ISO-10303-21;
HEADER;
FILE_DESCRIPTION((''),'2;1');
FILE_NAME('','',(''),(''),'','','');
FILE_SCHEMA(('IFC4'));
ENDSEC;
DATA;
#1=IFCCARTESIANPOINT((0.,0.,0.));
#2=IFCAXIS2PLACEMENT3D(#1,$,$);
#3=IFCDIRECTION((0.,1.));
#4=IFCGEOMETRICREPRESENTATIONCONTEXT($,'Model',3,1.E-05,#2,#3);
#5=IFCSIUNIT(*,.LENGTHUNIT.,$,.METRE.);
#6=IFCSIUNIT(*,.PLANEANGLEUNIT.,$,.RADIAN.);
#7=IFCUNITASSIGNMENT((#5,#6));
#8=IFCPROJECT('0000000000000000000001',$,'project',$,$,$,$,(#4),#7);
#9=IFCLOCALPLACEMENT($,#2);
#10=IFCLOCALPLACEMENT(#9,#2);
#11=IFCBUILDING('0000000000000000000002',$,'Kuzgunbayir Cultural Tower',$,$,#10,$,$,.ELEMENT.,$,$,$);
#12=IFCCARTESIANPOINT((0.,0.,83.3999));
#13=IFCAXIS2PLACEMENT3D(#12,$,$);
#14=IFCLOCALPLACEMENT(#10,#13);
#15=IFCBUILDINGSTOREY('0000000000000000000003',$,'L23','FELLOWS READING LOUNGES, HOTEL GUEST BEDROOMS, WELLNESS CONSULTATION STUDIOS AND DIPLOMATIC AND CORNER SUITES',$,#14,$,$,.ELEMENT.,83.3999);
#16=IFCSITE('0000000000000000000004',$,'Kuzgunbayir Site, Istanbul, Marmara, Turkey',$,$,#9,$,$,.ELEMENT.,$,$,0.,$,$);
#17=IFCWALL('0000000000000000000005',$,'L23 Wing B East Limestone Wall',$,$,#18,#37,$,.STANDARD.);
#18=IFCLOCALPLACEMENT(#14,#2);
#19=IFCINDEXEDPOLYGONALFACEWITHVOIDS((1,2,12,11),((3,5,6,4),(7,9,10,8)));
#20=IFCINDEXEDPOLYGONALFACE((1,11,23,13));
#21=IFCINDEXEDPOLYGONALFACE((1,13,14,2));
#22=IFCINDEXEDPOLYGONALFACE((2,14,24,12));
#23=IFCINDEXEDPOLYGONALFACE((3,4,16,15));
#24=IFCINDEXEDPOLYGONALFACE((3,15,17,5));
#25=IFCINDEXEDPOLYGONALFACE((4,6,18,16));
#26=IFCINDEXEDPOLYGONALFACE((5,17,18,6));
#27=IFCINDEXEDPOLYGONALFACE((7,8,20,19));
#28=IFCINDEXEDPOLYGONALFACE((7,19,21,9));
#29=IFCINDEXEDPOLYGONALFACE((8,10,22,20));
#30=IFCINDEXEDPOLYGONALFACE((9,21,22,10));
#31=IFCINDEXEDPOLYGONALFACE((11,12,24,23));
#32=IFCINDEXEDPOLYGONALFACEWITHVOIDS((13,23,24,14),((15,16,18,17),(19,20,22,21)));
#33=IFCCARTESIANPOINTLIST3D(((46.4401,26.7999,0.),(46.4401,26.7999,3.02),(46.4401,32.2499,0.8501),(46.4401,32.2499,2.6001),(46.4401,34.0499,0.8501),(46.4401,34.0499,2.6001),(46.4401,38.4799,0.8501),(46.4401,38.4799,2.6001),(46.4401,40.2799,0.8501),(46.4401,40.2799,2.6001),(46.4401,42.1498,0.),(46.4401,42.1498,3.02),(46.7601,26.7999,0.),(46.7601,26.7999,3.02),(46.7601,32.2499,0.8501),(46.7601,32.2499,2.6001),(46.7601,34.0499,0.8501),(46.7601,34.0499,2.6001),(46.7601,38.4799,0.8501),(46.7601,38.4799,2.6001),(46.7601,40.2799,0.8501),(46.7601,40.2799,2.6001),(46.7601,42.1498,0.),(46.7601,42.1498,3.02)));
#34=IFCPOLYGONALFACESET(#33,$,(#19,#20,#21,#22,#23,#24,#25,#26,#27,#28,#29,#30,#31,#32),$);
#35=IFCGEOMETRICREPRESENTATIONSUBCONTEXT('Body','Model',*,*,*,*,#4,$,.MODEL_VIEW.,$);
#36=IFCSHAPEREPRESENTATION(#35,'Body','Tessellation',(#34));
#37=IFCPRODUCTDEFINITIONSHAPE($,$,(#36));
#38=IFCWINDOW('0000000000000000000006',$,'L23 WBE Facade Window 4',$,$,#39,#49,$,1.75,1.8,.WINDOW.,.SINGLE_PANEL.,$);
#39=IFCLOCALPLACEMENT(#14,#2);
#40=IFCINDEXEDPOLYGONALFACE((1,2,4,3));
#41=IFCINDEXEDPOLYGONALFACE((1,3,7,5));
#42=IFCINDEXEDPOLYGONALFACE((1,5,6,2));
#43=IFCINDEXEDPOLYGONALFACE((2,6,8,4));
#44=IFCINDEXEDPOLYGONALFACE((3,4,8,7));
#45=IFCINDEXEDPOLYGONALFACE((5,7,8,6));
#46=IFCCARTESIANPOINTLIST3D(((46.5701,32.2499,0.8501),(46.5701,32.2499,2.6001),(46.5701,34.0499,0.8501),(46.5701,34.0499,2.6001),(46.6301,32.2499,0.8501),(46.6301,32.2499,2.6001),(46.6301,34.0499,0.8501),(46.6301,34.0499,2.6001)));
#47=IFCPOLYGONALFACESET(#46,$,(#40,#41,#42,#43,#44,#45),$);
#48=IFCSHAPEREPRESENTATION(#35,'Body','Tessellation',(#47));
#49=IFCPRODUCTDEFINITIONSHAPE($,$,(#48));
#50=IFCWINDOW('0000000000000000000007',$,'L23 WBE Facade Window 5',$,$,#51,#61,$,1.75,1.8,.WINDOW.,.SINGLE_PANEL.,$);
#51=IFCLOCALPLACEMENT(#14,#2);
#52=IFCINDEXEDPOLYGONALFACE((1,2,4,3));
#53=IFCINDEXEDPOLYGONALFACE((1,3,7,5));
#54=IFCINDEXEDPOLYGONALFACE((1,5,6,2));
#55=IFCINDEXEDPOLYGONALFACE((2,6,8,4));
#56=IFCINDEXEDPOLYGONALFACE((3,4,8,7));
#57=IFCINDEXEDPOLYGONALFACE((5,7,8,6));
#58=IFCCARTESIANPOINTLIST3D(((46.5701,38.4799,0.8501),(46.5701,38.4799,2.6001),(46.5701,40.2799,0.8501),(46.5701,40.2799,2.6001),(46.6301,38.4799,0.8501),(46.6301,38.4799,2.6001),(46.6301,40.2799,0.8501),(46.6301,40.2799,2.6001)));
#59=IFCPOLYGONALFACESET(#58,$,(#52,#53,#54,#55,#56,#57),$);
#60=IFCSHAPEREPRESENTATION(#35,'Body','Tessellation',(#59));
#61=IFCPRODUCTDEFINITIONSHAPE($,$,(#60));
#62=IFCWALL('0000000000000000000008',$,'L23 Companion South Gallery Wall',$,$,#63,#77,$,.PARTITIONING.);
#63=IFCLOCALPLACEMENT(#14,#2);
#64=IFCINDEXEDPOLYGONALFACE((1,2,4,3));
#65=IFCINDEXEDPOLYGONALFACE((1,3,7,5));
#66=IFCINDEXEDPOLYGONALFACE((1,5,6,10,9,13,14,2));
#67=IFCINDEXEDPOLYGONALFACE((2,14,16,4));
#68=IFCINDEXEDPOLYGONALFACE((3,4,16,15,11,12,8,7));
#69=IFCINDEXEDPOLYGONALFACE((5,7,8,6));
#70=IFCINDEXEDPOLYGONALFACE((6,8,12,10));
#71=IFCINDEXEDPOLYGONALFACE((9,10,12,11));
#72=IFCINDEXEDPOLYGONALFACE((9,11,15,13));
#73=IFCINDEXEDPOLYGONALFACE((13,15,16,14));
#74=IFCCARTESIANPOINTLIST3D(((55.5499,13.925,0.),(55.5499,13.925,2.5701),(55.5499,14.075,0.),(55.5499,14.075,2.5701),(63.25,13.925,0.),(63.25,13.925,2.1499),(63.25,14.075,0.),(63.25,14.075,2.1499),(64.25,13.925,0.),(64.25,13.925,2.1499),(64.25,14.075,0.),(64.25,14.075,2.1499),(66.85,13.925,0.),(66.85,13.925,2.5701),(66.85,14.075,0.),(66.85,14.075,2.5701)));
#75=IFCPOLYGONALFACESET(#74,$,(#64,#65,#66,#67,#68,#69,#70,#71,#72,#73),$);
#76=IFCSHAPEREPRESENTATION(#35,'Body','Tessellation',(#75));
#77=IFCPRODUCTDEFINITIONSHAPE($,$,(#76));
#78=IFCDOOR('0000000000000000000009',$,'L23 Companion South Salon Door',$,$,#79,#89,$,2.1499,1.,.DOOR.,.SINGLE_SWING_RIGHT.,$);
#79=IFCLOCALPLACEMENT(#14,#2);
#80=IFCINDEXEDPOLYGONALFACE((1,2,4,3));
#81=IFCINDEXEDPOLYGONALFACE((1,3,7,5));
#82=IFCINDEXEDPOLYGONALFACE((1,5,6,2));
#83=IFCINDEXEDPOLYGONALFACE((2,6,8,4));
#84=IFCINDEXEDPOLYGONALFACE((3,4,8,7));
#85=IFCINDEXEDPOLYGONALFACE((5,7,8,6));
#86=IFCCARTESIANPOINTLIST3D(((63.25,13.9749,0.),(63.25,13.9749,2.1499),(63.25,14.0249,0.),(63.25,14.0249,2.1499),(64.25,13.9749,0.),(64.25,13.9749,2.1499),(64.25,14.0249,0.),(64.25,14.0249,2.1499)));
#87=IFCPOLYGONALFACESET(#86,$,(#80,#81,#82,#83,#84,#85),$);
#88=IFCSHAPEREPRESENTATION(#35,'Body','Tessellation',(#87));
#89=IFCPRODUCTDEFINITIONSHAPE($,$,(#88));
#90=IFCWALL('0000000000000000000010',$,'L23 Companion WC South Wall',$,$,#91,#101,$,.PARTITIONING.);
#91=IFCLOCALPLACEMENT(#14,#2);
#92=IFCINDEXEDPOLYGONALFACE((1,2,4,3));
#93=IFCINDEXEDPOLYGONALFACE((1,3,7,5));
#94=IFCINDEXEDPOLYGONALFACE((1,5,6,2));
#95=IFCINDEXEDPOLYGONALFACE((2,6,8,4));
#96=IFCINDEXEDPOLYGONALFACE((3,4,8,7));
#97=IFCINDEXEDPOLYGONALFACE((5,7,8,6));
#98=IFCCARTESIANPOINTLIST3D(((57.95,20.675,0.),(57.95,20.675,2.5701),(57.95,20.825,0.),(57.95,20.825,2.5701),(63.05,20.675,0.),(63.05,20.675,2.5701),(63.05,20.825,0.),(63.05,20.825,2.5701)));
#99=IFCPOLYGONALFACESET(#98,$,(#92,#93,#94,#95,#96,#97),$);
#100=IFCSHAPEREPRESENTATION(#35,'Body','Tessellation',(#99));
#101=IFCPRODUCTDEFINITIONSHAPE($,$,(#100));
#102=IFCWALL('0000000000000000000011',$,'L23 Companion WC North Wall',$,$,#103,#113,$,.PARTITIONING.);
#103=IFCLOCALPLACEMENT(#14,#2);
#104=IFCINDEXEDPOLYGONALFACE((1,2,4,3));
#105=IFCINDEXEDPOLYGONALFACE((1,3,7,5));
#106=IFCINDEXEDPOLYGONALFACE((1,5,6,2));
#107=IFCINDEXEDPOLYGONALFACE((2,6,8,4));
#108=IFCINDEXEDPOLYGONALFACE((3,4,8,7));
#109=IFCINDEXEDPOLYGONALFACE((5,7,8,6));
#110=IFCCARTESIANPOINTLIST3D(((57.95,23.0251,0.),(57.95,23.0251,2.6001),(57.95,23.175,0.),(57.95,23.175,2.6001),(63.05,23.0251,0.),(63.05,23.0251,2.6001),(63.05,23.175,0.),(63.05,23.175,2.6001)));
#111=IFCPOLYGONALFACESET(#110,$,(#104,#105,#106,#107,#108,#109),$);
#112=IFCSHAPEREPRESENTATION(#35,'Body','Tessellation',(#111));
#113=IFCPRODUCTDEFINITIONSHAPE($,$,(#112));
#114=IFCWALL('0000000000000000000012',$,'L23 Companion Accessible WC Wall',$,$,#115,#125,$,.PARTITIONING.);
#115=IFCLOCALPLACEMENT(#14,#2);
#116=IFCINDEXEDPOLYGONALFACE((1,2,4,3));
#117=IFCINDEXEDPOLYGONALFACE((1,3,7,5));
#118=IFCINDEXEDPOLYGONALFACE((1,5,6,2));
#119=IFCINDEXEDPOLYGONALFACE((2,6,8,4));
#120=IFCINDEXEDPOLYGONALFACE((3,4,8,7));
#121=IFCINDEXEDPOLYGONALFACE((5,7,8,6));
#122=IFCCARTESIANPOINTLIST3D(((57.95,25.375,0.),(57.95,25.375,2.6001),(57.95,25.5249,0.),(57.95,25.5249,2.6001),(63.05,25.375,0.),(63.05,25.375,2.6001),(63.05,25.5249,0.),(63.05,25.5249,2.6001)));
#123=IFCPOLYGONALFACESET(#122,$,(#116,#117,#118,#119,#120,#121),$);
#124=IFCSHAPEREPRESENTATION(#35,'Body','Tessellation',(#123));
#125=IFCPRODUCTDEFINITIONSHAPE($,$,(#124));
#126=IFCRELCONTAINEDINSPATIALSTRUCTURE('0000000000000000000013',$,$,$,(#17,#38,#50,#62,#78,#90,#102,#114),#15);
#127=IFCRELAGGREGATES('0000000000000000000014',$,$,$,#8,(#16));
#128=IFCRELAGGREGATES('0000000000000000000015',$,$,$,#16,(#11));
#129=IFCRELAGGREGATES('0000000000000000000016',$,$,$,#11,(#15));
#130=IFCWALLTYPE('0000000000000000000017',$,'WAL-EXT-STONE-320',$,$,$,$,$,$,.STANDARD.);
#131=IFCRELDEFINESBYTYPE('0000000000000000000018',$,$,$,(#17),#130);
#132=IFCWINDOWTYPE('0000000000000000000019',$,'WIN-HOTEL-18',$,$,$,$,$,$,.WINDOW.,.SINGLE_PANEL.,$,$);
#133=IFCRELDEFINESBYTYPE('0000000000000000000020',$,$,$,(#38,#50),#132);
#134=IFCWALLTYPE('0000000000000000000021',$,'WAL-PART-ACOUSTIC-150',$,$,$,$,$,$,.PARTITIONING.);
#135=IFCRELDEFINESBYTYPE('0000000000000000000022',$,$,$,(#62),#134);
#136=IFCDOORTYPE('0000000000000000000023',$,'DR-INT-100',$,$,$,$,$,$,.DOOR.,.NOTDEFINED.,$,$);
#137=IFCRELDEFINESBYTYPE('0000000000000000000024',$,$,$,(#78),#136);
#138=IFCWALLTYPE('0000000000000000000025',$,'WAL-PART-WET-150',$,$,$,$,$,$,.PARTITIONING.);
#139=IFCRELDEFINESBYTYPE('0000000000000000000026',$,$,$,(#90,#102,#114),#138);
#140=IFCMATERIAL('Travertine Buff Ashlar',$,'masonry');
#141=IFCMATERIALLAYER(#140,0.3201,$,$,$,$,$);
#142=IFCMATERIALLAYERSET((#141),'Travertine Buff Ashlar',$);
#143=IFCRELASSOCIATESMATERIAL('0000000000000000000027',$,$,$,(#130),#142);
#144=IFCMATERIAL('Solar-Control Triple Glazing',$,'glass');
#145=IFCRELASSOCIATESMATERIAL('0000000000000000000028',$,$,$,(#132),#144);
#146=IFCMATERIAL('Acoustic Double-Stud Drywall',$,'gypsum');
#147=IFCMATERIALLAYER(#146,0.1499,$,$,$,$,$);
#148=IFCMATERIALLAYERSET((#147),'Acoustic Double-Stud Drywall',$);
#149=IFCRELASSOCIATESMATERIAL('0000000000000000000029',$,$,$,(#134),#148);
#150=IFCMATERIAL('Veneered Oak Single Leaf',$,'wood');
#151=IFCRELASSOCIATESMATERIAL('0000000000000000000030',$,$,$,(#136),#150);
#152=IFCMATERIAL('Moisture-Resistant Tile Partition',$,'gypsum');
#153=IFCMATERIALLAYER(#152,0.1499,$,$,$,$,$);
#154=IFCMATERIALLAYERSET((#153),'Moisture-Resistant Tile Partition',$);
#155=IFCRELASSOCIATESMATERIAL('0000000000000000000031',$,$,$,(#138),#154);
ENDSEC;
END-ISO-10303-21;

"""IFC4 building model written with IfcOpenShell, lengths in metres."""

from ifc_helpers import new_model, si_unit, direction, frame, frame_2d, origin, place, context, subcontext, project, spatial, rectangle, extrude, material, layer, layer_set, type_object, element, fill, save


model = new_model("IFC4")

# Units and contexts
model_context = context("Model", 3, precision=1e-05, world=origin(), true_north=direction((0.0, 1.0)))
body_context = subcontext(model_context, "Body", "Model", "MODEL_VIEW")
ifc_project = project(units=[si_unit("LENGTHUNIT", "METRE"), si_unit("PLANEANGLEUNIT", "RADIAN")], contexts=[model_context])

# Site, building, storey
site_placement = place(None, origin())
site = spatial("IfcSite", under=ifc_project, at=site_placement, Name="Kuzgunbayir Site, Istanbul, Marmara, Turkey", CompositionType="ELEMENT", RefElevation=0.0)
building_placement = place(site_placement, origin())
building = spatial("IfcBuilding", under=site, at=building_placement, Name="Kuzgunbayir Cultural Tower", CompositionType="ELEMENT")
storey_placement = place(building_placement, frame((0.0, 0.0, 83.3999)))
storey = spatial("IfcBuildingStorey", under=building, at=storey_placement, Name="L23", Description="FELLOWS READING LOUNGES, HOTEL GUEST BEDROOMS, WELLNESS CONSULTATION STUDIOS AND DIPLOMATIC AND CORNER SUITES", CompositionType="ELEMENT", Elevation=83.3999)

# Shared definitions
ifc_material_1 = material(Name="Solar-Control Triple Glazing", Category="glass")

# Wall, openings, windows
ifc_material_2 = material(Name="Travertine Buff Ashlar", Category="masonry")
ifc_layer_1 = layer(ifc_material_2, 0.3201)
ifc_layer_set_1 = layer_set([ifc_layer_1], Name="Travertine Buff Ashlar")
wall_type_1 = type_object("IfcWallType", Name="WAL-EXT-STONE-320", PredefinedType="STANDARD", material=ifc_layer_set_1)
wall_1_placement = place(storey_placement, frame((46.6001, 26.8, 0.0), z_axis=(0.0, 0.0, 1.0), x_axis=(0.0, 1.0, 0.0)))
wall_1 = element("IfcWall", 1, at=wall_1_placement, inside=storey, type_object=wall_type_1, Name="L23 Wing B East Limestone Wall", PredefinedType="STANDARD", context=body_context, shape_type="SweptSolid", body=[
    extrude(rectangle(XDim=15.3499, YDim=0.3201, at=frame_2d((7.6748, 0.0))), origin(), (0.0, 0.0, 1.0), 3.02),
])
opening_1_placement = place(wall_1_placement, frame((5.45, 0.0, 0.8501)))
opening_1 = element("IfcOpeningElement", 2, at=opening_1_placement, cuts=wall_1, PredefinedType="OPENING", context=body_context, shape_type="SweptSolid", body=[
    extrude(rectangle(XDim=1.8, YDim=1.75, at=frame_2d((0.8999, 0.875))), frame((0.0, 0.1699, 0.0), z_axis=(0.0, -1.0, 0.0), x_axis=(1.0, 0.0, 0.0)), (0.0, 0.0, 1.0), 0.3401),
])
opening_2_placement = place(wall_1_placement, frame((11.6799, 0.0, 0.8501)))
opening_2 = element("IfcOpeningElement", 3, at=opening_2_placement, cuts=wall_1, PredefinedType="OPENING", context=body_context, shape_type="SweptSolid", body=[
    extrude(rectangle(XDim=1.8, YDim=1.75, at=frame_2d((0.8999, 0.875))), frame((0.0, 0.1699, 0.0), z_axis=(0.0, -1.0, 0.0), x_axis=(1.0, 0.0, 0.0)), (0.0, 0.0, 1.0), 0.3401),
])
window_type_1 = type_object("IfcWindowType", Name="WIN-HOTEL-18", PartitioningType="SINGLE_PANEL", PredefinedType="WINDOW", material=ifc_material_1)
window_1_placement = place(opening_1_placement, origin())
window_1 = element("IfcWindow", 4, at=window_1_placement, inside=storey, type_object=window_type_1, Name="L23 WBE Facade Window 4", OverallHeight=1.75, OverallWidth=1.8, PartitioningType="SINGLE_PANEL", PredefinedType="WINDOW", context=body_context, shape_type="SweptSolid", body=[
    extrude(rectangle(XDim=1.8, YDim=1.75, at=frame_2d((0.8999, 0.875))), frame((0.0, 0.03, 0.0), z_axis=(0.0, -1.0, 0.0), x_axis=(1.0, 0.0, 0.0)), (0.0, 0.0, 1.0), 0.0601),
])
fill(opening_1, window_1)
window_2_placement = place(opening_2_placement, origin())
window_2 = element("IfcWindow", 5, at=window_2_placement, inside=storey, type_object=window_type_1, Name="L23 WBE Facade Window 5", OverallHeight=1.75, OverallWidth=1.8, PartitioningType="SINGLE_PANEL", PredefinedType="WINDOW", context=body_context, shape_type="SweptSolid", body=[
    extrude(rectangle(XDim=1.8, YDim=1.75, at=frame_2d((0.8999, 0.875))), frame((0.0, 0.03, 0.0), z_axis=(0.0, -1.0, 0.0), x_axis=(1.0, 0.0, 0.0)), (0.0, 0.0, 1.0), 0.0601),
])
fill(opening_2, window_2)

# Wall, opening, door
ifc_material_3 = material(Name="Acoustic Double-Stud Drywall", Category="gypsum")
ifc_layer_2 = layer(ifc_material_3, 0.1499)
ifc_layer_set_2 = layer_set([ifc_layer_2], Name="Acoustic Double-Stud Drywall")
wall_type_2 = type_object("IfcWallType", Name="WAL-PART-ACOUSTIC-150", PredefinedType="PARTITIONING", material=ifc_layer_set_2)
wall_2_placement = place(storey_placement, frame((55.55, 14.0, 0.0), z_axis=(0.0, 0.0, 1.0), x_axis=(1.0, 0.0, 0.0)))
wall_2 = element("IfcWall", 6, at=wall_2_placement, inside=storey, type_object=wall_type_2, Name="L23 Companion South Gallery Wall", PredefinedType="PARTITIONING", context=body_context, shape_type="SweptSolid", body=[
    extrude(rectangle(XDim=11.3, YDim=0.1499, at=frame_2d((5.6499, 0.0))), origin(), (0.0, 0.0, 1.0), 2.5701),
])
opening_3_placement = place(wall_2_placement, frame((7.7, 0.0, 0.0)))
opening_3 = element("IfcOpeningElement", 7, at=opening_3_placement, cuts=wall_2, PredefinedType="OPENING", context=body_context, shape_type="SweptSolid", body=[
    extrude(rectangle(XDim=1.0, YDim=2.1499, at=frame_2d((0.5, 1.075))), frame((0.0, 0.085, 0.0), z_axis=(0.0, -1.0, 0.0), x_axis=(1.0, 0.0, 0.0)), (0.0, 0.0, 1.0), 0.1699),
])
ifc_material_4 = material(Name="Veneered Oak Single Leaf", Category="wood")
door_type = type_object("IfcDoorType", Name="DR-INT-100", OperationType="NOTDEFINED", PredefinedType="DOOR", material=ifc_material_4)
door_placement = place(opening_3_placement, origin())
door = element("IfcDoor", 8, at=door_placement, inside=storey, type_object=door_type, Name="L23 Companion South Salon Door", OperationType="SINGLE_SWING_RIGHT", OverallHeight=2.1499, OverallWidth=1.0, PredefinedType="DOOR", context=body_context, shape_type="SweptSolid", body=[
    extrude(rectangle(XDim=1.0, YDim=2.1499, at=frame_2d((0.5, 1.075))), frame((0.0, 0.0249, 0.0), z_axis=(0.0, -1.0, 0.0), x_axis=(1.0, 0.0, 0.0)), (0.0, 0.0, 1.0), 0.05),
])
fill(opening_3, door)

# Walls
ifc_material_5 = material(Name="Moisture-Resistant Tile Partition", Category="gypsum")
ifc_layer_3 = layer(ifc_material_5, 0.1499)
ifc_layer_set_3 = layer_set([ifc_layer_3], Name="Moisture-Resistant Tile Partition")
wall_type_3 = type_object("IfcWallType", Name="WAL-PART-WET-150", PredefinedType="PARTITIONING", material=ifc_layer_set_3)
wall_3_placement = place(storey_placement, frame((57.95, 20.75, 0.0), z_axis=(0.0, 0.0, 1.0), x_axis=(1.0, 0.0, 0.0)))
element("IfcWall", 9, at=wall_3_placement, inside=storey, type_object=wall_type_3, Name="L23 Companion WC South Wall", PredefinedType="PARTITIONING", context=body_context, shape_type="SweptSolid", body=[
    extrude(rectangle(XDim=5.1001, YDim=0.1499, at=frame_2d((2.55, 0.0))), origin(), (0.0, 0.0, 1.0), 2.5701),
])
for number, where, z_axis, x_axis, name in (
    (10, (57.95, 23.1001, 0.0), (0.0, 0.0, 1.0), (1.0, 0.0, 0.0), "L23 Companion WC North Wall"),
    (11, (57.95, 25.45, 0.0), (0.0, 0.0, 1.0), (1.0, 0.0, 0.0), "L23 Companion Accessible WC Wall"),
):
    element("IfcWall", number, at=place(storey_placement, frame(where, z_axis=z_axis, x_axis=x_axis)), inside=storey, type_object=wall_type_3, Name=name, PredefinedType="PARTITIONING", context=body_context, shape_type="SweptSolid", body=[
        extrude(rectangle(XDim=5.1001, YDim=0.1499, at=frame_2d((2.55, 0.0))), origin(), (0.0, 0.0, 1.0), 2.6001),
    ])

save(model, "model.ifc")
